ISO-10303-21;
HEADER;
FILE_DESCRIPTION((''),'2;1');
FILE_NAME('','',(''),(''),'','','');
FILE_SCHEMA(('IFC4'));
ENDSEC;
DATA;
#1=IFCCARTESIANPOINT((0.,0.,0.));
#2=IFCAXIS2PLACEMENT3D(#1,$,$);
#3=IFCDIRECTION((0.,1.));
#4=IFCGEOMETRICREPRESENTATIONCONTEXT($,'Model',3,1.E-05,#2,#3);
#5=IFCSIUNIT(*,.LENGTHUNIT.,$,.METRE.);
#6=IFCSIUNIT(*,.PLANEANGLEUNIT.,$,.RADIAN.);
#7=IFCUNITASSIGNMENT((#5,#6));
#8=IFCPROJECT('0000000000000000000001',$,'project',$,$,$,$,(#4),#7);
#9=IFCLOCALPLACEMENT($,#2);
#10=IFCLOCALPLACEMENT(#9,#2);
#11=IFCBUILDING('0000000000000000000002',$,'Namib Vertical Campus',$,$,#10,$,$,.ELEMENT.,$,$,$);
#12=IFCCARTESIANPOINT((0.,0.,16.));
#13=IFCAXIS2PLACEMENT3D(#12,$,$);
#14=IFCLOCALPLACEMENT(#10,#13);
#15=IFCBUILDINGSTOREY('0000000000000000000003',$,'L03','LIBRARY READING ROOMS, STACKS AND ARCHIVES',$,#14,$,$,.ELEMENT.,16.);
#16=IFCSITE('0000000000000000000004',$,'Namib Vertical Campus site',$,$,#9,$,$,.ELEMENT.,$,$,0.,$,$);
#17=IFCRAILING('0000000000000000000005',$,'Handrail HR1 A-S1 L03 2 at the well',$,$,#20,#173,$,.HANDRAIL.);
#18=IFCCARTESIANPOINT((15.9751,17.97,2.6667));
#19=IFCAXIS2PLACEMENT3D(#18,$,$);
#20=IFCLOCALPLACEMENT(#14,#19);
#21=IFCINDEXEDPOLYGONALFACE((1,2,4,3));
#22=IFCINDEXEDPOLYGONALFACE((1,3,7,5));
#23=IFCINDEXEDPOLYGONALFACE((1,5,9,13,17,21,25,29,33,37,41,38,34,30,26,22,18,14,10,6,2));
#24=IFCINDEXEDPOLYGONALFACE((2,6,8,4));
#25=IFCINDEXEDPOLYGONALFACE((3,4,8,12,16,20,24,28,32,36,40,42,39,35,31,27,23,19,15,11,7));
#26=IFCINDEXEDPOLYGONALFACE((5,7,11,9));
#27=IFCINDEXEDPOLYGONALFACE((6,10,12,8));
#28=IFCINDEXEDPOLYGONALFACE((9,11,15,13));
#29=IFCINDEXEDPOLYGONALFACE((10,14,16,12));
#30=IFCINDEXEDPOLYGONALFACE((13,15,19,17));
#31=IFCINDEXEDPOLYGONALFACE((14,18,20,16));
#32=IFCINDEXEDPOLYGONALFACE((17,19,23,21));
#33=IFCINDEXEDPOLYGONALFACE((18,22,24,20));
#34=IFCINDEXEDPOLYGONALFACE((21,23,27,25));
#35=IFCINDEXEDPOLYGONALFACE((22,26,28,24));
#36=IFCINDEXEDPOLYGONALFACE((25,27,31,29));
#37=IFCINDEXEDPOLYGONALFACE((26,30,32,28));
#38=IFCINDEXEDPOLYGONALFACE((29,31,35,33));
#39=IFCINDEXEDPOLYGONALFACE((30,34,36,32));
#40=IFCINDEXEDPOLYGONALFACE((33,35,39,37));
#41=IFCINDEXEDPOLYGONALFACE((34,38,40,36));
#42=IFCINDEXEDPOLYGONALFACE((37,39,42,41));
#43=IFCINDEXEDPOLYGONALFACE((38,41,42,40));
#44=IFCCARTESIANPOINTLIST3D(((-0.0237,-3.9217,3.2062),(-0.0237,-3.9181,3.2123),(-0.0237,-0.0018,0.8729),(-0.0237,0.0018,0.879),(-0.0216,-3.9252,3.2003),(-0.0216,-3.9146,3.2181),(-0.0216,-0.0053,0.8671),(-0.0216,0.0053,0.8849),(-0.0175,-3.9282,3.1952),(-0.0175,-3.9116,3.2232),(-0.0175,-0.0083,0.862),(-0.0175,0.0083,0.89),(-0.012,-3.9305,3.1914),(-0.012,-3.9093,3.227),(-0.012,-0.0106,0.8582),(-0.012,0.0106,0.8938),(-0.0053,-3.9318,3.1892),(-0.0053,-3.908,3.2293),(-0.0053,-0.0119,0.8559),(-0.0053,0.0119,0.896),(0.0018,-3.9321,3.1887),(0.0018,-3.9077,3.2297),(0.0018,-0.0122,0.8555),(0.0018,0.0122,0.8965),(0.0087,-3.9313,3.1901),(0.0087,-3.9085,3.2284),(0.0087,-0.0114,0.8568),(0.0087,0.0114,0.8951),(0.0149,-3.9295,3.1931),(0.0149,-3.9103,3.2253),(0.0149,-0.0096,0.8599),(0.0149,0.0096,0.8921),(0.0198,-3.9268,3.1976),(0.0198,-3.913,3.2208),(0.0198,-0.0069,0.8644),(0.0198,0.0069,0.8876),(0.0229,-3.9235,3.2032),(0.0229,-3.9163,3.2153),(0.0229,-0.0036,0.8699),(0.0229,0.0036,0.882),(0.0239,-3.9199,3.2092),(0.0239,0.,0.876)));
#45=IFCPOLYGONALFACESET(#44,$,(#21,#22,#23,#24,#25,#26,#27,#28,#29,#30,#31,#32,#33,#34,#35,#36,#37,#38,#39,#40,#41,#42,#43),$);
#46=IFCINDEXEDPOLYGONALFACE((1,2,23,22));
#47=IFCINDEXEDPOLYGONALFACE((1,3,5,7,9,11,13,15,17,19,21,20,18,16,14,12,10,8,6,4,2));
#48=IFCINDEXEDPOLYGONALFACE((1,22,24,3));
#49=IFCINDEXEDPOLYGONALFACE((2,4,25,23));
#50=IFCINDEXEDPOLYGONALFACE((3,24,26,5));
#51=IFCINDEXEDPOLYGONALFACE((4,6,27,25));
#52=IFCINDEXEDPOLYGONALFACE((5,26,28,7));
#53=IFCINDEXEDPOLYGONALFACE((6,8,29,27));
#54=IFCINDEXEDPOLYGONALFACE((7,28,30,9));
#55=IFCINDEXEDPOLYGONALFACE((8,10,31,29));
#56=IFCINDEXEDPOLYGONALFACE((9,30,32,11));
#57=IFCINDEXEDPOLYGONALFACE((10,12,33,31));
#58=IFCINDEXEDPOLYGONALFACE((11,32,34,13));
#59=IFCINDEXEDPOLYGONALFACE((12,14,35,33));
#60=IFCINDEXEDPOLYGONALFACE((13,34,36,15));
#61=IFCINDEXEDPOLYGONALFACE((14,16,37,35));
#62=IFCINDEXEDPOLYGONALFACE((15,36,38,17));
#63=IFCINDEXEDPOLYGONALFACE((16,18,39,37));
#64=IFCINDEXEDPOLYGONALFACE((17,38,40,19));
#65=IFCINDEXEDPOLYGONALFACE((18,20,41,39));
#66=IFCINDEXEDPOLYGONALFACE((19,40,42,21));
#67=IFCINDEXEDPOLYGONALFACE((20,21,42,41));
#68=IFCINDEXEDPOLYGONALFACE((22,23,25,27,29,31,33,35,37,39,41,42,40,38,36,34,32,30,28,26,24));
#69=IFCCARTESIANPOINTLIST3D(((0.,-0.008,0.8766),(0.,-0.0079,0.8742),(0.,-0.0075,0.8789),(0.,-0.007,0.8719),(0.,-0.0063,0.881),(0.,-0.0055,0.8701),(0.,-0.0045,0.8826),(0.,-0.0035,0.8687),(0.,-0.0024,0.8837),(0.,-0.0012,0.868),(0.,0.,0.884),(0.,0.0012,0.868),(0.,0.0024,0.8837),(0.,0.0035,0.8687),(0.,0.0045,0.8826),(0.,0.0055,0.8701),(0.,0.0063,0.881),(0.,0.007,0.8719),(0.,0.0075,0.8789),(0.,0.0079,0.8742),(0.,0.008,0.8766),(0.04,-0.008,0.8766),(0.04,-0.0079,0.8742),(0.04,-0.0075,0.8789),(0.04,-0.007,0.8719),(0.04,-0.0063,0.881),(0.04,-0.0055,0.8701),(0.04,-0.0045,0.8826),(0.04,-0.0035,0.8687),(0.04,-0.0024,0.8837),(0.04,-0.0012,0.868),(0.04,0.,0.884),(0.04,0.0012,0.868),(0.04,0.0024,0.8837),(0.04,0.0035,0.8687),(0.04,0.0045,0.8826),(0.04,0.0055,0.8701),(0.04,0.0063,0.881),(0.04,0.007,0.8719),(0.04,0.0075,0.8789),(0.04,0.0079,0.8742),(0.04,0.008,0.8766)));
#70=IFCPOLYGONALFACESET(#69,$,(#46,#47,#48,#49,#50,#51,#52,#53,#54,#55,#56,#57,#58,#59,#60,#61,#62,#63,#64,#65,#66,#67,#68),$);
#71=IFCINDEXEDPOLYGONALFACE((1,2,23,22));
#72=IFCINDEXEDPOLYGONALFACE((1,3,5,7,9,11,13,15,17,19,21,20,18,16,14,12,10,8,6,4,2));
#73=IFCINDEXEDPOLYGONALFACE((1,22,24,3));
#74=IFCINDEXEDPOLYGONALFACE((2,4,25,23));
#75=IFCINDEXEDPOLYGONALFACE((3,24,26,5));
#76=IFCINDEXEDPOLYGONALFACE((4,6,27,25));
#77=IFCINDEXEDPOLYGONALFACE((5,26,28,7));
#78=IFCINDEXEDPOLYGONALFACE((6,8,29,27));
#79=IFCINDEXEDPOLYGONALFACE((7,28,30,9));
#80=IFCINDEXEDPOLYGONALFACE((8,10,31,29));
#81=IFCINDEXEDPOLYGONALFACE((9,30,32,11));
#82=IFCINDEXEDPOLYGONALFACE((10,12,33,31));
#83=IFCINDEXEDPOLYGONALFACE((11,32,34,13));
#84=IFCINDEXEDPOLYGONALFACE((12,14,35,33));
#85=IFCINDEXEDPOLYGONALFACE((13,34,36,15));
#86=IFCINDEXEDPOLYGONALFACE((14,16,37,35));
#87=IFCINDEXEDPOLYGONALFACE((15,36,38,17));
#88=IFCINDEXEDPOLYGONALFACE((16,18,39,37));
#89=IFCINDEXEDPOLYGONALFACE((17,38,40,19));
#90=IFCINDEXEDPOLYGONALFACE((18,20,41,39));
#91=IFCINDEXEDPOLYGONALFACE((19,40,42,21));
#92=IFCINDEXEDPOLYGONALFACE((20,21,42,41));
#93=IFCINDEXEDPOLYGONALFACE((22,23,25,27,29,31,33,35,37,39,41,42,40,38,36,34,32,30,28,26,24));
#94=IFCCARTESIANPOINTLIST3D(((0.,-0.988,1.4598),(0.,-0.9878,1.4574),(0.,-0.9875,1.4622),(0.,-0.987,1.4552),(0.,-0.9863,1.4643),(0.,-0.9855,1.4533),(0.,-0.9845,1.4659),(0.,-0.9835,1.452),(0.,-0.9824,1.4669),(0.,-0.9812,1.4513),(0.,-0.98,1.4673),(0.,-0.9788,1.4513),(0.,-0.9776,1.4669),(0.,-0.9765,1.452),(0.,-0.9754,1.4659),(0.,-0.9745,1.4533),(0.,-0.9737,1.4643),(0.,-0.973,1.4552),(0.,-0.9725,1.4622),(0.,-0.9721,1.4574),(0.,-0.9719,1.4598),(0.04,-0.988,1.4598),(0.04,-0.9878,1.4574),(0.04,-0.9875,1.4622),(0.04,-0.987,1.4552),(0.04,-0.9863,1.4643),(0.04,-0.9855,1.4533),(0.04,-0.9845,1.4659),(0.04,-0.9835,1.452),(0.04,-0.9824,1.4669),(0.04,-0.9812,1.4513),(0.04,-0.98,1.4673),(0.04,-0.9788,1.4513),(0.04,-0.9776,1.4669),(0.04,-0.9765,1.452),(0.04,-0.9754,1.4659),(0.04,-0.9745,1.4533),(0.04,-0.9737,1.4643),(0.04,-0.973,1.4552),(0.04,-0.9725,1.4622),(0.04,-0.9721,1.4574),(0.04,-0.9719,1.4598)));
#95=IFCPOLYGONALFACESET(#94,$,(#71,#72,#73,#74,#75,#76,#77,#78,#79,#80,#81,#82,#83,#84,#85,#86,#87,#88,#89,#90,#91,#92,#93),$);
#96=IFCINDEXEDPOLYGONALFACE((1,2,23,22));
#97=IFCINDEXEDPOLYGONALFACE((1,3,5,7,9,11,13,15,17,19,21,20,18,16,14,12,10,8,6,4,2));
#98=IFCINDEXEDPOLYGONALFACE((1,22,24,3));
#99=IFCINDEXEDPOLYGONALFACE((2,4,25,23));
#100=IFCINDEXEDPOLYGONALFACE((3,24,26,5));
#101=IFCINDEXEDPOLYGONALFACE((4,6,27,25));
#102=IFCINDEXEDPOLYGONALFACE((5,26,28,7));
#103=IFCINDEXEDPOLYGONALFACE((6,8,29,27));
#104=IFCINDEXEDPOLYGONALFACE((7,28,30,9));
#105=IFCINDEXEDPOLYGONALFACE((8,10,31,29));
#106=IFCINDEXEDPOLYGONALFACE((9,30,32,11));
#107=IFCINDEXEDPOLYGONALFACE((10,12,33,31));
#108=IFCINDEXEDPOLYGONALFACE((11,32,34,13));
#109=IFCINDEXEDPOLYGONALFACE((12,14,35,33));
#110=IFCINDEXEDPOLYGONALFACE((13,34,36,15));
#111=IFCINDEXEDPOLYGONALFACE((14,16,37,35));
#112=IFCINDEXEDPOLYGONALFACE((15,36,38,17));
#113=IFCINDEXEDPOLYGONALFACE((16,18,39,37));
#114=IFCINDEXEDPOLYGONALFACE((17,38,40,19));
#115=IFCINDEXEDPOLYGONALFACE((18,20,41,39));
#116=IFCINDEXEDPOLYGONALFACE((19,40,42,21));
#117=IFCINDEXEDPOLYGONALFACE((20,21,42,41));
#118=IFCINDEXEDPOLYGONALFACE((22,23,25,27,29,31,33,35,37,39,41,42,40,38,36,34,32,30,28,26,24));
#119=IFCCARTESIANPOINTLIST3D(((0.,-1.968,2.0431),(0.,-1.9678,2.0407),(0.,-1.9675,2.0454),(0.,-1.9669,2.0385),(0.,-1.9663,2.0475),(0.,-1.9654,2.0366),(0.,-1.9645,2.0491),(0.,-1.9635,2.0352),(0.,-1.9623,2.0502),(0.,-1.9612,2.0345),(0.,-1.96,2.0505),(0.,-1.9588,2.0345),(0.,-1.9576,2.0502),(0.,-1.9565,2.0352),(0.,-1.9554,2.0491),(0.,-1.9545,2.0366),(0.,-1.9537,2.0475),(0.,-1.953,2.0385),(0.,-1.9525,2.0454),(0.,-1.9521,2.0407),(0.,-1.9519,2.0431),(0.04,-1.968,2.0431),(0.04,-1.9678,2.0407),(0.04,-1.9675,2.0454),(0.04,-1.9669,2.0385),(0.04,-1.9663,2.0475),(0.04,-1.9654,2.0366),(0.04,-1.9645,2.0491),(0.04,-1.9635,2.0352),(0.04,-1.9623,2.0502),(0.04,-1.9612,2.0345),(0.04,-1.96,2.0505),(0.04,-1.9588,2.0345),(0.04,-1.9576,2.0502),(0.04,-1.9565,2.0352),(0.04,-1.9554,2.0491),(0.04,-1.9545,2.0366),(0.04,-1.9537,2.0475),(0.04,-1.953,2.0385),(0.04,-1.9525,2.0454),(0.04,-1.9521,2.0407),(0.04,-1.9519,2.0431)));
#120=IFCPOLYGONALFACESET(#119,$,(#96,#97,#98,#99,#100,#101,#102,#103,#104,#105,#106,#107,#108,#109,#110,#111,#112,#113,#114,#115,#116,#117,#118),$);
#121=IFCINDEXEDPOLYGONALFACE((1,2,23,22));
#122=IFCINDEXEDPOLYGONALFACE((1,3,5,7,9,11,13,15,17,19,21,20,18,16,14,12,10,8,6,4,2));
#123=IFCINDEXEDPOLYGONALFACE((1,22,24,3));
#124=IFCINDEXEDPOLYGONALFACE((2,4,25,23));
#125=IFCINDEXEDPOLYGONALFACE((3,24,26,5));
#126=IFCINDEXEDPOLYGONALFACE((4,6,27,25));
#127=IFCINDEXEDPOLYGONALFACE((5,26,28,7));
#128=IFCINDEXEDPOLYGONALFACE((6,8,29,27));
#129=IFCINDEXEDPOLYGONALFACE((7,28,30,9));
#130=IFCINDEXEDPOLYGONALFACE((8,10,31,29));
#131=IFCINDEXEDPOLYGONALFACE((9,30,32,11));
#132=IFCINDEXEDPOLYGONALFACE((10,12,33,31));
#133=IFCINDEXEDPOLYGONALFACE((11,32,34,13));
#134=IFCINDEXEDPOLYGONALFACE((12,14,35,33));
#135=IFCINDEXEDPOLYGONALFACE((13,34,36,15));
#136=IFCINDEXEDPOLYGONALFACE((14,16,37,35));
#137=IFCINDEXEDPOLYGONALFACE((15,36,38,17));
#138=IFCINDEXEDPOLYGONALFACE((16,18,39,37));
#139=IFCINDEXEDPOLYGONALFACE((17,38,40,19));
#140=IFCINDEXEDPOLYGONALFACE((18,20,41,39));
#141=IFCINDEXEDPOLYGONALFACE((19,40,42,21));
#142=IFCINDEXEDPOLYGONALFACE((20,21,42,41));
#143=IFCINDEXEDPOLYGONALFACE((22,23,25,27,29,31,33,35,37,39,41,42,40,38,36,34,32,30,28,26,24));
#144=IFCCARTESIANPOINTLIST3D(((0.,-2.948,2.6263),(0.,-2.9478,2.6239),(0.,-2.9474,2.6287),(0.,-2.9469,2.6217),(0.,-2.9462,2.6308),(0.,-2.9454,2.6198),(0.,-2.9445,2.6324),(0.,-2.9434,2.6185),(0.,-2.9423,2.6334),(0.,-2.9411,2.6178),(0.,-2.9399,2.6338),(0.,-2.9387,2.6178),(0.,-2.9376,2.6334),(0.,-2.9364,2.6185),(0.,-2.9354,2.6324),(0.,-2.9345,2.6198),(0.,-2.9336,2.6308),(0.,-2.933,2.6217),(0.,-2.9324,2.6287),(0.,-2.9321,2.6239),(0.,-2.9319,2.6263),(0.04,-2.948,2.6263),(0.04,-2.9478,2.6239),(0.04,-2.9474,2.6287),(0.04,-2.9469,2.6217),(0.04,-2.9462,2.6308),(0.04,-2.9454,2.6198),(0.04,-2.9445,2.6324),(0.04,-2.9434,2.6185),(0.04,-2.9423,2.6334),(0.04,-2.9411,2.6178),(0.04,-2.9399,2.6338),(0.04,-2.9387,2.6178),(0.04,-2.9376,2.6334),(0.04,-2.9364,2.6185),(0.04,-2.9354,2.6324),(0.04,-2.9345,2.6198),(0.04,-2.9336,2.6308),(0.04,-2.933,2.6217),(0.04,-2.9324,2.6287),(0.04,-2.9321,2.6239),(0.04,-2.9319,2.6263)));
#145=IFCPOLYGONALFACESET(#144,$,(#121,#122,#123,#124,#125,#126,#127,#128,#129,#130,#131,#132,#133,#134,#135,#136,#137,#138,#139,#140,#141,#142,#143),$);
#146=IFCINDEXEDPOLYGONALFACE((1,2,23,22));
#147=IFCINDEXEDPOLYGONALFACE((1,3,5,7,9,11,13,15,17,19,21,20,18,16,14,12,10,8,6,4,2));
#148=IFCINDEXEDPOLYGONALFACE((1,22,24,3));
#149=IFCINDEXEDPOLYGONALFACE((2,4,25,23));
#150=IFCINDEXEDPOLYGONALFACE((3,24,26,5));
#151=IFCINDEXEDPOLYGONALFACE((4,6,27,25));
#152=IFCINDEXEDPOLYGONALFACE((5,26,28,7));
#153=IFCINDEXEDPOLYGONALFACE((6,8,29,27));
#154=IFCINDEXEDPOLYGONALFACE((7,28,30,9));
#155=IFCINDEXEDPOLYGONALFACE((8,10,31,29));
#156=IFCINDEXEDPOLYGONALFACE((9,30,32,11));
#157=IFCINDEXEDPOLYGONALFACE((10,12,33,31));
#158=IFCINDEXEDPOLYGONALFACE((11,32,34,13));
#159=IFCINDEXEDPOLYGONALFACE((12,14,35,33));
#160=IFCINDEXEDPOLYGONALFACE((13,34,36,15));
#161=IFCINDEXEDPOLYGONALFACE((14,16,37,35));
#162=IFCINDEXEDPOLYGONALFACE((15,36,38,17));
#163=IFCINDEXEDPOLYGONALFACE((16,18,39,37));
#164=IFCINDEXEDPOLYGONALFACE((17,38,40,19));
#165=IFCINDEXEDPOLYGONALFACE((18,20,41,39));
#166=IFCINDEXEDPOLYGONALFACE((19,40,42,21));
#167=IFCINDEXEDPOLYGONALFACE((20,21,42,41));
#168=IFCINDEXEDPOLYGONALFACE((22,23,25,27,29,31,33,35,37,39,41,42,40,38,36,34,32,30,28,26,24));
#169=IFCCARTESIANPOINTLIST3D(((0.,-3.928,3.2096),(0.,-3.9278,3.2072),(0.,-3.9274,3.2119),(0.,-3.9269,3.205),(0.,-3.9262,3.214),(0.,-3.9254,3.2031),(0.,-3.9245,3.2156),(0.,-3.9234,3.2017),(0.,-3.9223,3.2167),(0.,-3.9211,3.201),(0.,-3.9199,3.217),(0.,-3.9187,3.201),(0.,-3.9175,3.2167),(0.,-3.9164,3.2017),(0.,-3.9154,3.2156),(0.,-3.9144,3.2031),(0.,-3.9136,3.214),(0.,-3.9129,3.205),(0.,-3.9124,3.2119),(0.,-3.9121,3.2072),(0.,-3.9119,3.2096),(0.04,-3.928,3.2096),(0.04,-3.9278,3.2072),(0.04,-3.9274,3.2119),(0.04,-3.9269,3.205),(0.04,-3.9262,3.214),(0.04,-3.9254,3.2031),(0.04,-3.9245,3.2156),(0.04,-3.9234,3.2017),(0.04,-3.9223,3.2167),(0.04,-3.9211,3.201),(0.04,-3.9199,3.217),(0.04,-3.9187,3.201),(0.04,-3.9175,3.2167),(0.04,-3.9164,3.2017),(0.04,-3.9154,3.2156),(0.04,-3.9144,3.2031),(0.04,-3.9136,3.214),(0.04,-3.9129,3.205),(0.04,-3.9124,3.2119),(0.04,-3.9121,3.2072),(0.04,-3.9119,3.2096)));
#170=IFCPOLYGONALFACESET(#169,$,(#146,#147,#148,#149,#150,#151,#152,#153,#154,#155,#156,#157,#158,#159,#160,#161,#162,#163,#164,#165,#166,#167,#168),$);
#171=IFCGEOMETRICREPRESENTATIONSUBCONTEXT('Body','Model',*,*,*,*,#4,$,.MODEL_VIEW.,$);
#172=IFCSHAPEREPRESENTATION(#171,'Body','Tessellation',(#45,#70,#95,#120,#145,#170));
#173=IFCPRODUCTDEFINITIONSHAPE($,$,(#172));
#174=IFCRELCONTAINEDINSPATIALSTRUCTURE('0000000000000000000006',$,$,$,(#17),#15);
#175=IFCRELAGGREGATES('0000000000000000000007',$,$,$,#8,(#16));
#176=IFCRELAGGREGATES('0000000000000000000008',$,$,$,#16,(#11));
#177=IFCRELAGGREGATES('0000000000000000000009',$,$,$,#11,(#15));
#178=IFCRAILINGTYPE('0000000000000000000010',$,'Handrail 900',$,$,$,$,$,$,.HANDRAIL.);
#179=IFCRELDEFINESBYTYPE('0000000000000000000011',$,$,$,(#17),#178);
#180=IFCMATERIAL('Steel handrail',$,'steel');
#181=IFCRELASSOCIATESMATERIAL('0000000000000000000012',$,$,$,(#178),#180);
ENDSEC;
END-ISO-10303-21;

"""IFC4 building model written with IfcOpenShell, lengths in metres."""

from ifc_helpers import new_model, si_unit, direction, frame, origin, origin_2d, place, context, subcontext, project, spatial, circle, extrude, material, type_object, element, save


model = new_model("IFC4")

# Units and contexts
model_context = context("Model", 3, precision=1e-05, world=origin(), true_north=direction((0.0, 1.0)))
body_context = subcontext(model_context, "Body", "Model", "MODEL_VIEW")
ifc_project = project(units=[si_unit("LENGTHUNIT", "METRE"), si_unit("PLANEANGLEUNIT", "RADIAN")], contexts=[model_context])

# Site, building, storey
site_placement = place(None, origin())
site = spatial("IfcSite", under=ifc_project, at=site_placement, Name="Namib Vertical Campus site", CompositionType="ELEMENT", RefElevation=0.0)
building_placement = place(site_placement, origin())
building = spatial("IfcBuilding", under=site, at=building_placement, Name="Namib Vertical Campus", CompositionType="ELEMENT")
storey_placement = place(building_placement, frame((0.0, 0.0, 16.0)))
storey = spatial("IfcBuildingStorey", under=building, at=storey_placement, Name="L03", Description="LIBRARY READING ROOMS, STACKS AND ARCHIVES", CompositionType="ELEMENT", Elevation=16.0)

# Railing
ifc_material_1 = material(Name="Steel handrail", Category="steel")
railing_type_1 = type_object("IfcRailingType", Name="Handrail 900", PredefinedType="HANDRAIL", material=ifc_material_1)
railing_1_placement = place(storey_placement, frame((15.9751, 17.97, 2.6667)))
element("IfcRailing", 1, at=railing_1_placement, inside=storey, type_object=railing_type_1, Name="Handrail HR1 A-S1 L03 2 at the well", PredefinedType="HANDRAIL", context=body_context, shape_type="SweptSolid", body=[
    extrude(circle(Radius=0.0239, at=origin_2d()), frame((0.0, 0.0, 0.876), z_axis=(0.0, -0.859296, 0.511478), x_axis=(1.0, 0.0, 0.0)), (0.0, 0.0, 1.0), 4.5618),
    extrude(circle(Radius=0.0081, at=origin_2d()), frame((0.0, 0.0, 0.876), z_axis=(1.0, 0.0, 0.0), x_axis=(0.0, 0.0, 1.0)), (0.0, 0.0, 1.0), 0.04),
    extrude(circle(Radius=0.0081, at=origin_2d()), frame((0.0, -0.98, 1.4592), z_axis=(1.0, 0.0, 0.0), x_axis=(0.0, 0.0, 1.0)), (0.0, 0.0, 1.0), 0.04),
    extrude(circle(Radius=0.0081, at=origin_2d()), frame((0.0, -1.96, 2.0425), z_axis=(1.0, 0.0, 0.0), x_axis=(0.0, 0.0, 1.0)), (0.0, 0.0, 1.0), 0.04),
    extrude(circle(Radius=0.0081, at=origin_2d()), frame((0.0, -2.9399, 2.6257), z_axis=(1.0, 0.0, 0.0), x_axis=(0.0, 0.0, 1.0)), (0.0, 0.0, 1.0), 0.04),
    extrude(circle(Radius=0.0081, at=origin_2d()), frame((0.0, -3.9199, 3.209), z_axis=(1.0, 0.0, 0.0), x_axis=(0.0, 0.0, 1.0)), (0.0, 0.0, 1.0), 0.04),
])

save(model, "model.ifc")
